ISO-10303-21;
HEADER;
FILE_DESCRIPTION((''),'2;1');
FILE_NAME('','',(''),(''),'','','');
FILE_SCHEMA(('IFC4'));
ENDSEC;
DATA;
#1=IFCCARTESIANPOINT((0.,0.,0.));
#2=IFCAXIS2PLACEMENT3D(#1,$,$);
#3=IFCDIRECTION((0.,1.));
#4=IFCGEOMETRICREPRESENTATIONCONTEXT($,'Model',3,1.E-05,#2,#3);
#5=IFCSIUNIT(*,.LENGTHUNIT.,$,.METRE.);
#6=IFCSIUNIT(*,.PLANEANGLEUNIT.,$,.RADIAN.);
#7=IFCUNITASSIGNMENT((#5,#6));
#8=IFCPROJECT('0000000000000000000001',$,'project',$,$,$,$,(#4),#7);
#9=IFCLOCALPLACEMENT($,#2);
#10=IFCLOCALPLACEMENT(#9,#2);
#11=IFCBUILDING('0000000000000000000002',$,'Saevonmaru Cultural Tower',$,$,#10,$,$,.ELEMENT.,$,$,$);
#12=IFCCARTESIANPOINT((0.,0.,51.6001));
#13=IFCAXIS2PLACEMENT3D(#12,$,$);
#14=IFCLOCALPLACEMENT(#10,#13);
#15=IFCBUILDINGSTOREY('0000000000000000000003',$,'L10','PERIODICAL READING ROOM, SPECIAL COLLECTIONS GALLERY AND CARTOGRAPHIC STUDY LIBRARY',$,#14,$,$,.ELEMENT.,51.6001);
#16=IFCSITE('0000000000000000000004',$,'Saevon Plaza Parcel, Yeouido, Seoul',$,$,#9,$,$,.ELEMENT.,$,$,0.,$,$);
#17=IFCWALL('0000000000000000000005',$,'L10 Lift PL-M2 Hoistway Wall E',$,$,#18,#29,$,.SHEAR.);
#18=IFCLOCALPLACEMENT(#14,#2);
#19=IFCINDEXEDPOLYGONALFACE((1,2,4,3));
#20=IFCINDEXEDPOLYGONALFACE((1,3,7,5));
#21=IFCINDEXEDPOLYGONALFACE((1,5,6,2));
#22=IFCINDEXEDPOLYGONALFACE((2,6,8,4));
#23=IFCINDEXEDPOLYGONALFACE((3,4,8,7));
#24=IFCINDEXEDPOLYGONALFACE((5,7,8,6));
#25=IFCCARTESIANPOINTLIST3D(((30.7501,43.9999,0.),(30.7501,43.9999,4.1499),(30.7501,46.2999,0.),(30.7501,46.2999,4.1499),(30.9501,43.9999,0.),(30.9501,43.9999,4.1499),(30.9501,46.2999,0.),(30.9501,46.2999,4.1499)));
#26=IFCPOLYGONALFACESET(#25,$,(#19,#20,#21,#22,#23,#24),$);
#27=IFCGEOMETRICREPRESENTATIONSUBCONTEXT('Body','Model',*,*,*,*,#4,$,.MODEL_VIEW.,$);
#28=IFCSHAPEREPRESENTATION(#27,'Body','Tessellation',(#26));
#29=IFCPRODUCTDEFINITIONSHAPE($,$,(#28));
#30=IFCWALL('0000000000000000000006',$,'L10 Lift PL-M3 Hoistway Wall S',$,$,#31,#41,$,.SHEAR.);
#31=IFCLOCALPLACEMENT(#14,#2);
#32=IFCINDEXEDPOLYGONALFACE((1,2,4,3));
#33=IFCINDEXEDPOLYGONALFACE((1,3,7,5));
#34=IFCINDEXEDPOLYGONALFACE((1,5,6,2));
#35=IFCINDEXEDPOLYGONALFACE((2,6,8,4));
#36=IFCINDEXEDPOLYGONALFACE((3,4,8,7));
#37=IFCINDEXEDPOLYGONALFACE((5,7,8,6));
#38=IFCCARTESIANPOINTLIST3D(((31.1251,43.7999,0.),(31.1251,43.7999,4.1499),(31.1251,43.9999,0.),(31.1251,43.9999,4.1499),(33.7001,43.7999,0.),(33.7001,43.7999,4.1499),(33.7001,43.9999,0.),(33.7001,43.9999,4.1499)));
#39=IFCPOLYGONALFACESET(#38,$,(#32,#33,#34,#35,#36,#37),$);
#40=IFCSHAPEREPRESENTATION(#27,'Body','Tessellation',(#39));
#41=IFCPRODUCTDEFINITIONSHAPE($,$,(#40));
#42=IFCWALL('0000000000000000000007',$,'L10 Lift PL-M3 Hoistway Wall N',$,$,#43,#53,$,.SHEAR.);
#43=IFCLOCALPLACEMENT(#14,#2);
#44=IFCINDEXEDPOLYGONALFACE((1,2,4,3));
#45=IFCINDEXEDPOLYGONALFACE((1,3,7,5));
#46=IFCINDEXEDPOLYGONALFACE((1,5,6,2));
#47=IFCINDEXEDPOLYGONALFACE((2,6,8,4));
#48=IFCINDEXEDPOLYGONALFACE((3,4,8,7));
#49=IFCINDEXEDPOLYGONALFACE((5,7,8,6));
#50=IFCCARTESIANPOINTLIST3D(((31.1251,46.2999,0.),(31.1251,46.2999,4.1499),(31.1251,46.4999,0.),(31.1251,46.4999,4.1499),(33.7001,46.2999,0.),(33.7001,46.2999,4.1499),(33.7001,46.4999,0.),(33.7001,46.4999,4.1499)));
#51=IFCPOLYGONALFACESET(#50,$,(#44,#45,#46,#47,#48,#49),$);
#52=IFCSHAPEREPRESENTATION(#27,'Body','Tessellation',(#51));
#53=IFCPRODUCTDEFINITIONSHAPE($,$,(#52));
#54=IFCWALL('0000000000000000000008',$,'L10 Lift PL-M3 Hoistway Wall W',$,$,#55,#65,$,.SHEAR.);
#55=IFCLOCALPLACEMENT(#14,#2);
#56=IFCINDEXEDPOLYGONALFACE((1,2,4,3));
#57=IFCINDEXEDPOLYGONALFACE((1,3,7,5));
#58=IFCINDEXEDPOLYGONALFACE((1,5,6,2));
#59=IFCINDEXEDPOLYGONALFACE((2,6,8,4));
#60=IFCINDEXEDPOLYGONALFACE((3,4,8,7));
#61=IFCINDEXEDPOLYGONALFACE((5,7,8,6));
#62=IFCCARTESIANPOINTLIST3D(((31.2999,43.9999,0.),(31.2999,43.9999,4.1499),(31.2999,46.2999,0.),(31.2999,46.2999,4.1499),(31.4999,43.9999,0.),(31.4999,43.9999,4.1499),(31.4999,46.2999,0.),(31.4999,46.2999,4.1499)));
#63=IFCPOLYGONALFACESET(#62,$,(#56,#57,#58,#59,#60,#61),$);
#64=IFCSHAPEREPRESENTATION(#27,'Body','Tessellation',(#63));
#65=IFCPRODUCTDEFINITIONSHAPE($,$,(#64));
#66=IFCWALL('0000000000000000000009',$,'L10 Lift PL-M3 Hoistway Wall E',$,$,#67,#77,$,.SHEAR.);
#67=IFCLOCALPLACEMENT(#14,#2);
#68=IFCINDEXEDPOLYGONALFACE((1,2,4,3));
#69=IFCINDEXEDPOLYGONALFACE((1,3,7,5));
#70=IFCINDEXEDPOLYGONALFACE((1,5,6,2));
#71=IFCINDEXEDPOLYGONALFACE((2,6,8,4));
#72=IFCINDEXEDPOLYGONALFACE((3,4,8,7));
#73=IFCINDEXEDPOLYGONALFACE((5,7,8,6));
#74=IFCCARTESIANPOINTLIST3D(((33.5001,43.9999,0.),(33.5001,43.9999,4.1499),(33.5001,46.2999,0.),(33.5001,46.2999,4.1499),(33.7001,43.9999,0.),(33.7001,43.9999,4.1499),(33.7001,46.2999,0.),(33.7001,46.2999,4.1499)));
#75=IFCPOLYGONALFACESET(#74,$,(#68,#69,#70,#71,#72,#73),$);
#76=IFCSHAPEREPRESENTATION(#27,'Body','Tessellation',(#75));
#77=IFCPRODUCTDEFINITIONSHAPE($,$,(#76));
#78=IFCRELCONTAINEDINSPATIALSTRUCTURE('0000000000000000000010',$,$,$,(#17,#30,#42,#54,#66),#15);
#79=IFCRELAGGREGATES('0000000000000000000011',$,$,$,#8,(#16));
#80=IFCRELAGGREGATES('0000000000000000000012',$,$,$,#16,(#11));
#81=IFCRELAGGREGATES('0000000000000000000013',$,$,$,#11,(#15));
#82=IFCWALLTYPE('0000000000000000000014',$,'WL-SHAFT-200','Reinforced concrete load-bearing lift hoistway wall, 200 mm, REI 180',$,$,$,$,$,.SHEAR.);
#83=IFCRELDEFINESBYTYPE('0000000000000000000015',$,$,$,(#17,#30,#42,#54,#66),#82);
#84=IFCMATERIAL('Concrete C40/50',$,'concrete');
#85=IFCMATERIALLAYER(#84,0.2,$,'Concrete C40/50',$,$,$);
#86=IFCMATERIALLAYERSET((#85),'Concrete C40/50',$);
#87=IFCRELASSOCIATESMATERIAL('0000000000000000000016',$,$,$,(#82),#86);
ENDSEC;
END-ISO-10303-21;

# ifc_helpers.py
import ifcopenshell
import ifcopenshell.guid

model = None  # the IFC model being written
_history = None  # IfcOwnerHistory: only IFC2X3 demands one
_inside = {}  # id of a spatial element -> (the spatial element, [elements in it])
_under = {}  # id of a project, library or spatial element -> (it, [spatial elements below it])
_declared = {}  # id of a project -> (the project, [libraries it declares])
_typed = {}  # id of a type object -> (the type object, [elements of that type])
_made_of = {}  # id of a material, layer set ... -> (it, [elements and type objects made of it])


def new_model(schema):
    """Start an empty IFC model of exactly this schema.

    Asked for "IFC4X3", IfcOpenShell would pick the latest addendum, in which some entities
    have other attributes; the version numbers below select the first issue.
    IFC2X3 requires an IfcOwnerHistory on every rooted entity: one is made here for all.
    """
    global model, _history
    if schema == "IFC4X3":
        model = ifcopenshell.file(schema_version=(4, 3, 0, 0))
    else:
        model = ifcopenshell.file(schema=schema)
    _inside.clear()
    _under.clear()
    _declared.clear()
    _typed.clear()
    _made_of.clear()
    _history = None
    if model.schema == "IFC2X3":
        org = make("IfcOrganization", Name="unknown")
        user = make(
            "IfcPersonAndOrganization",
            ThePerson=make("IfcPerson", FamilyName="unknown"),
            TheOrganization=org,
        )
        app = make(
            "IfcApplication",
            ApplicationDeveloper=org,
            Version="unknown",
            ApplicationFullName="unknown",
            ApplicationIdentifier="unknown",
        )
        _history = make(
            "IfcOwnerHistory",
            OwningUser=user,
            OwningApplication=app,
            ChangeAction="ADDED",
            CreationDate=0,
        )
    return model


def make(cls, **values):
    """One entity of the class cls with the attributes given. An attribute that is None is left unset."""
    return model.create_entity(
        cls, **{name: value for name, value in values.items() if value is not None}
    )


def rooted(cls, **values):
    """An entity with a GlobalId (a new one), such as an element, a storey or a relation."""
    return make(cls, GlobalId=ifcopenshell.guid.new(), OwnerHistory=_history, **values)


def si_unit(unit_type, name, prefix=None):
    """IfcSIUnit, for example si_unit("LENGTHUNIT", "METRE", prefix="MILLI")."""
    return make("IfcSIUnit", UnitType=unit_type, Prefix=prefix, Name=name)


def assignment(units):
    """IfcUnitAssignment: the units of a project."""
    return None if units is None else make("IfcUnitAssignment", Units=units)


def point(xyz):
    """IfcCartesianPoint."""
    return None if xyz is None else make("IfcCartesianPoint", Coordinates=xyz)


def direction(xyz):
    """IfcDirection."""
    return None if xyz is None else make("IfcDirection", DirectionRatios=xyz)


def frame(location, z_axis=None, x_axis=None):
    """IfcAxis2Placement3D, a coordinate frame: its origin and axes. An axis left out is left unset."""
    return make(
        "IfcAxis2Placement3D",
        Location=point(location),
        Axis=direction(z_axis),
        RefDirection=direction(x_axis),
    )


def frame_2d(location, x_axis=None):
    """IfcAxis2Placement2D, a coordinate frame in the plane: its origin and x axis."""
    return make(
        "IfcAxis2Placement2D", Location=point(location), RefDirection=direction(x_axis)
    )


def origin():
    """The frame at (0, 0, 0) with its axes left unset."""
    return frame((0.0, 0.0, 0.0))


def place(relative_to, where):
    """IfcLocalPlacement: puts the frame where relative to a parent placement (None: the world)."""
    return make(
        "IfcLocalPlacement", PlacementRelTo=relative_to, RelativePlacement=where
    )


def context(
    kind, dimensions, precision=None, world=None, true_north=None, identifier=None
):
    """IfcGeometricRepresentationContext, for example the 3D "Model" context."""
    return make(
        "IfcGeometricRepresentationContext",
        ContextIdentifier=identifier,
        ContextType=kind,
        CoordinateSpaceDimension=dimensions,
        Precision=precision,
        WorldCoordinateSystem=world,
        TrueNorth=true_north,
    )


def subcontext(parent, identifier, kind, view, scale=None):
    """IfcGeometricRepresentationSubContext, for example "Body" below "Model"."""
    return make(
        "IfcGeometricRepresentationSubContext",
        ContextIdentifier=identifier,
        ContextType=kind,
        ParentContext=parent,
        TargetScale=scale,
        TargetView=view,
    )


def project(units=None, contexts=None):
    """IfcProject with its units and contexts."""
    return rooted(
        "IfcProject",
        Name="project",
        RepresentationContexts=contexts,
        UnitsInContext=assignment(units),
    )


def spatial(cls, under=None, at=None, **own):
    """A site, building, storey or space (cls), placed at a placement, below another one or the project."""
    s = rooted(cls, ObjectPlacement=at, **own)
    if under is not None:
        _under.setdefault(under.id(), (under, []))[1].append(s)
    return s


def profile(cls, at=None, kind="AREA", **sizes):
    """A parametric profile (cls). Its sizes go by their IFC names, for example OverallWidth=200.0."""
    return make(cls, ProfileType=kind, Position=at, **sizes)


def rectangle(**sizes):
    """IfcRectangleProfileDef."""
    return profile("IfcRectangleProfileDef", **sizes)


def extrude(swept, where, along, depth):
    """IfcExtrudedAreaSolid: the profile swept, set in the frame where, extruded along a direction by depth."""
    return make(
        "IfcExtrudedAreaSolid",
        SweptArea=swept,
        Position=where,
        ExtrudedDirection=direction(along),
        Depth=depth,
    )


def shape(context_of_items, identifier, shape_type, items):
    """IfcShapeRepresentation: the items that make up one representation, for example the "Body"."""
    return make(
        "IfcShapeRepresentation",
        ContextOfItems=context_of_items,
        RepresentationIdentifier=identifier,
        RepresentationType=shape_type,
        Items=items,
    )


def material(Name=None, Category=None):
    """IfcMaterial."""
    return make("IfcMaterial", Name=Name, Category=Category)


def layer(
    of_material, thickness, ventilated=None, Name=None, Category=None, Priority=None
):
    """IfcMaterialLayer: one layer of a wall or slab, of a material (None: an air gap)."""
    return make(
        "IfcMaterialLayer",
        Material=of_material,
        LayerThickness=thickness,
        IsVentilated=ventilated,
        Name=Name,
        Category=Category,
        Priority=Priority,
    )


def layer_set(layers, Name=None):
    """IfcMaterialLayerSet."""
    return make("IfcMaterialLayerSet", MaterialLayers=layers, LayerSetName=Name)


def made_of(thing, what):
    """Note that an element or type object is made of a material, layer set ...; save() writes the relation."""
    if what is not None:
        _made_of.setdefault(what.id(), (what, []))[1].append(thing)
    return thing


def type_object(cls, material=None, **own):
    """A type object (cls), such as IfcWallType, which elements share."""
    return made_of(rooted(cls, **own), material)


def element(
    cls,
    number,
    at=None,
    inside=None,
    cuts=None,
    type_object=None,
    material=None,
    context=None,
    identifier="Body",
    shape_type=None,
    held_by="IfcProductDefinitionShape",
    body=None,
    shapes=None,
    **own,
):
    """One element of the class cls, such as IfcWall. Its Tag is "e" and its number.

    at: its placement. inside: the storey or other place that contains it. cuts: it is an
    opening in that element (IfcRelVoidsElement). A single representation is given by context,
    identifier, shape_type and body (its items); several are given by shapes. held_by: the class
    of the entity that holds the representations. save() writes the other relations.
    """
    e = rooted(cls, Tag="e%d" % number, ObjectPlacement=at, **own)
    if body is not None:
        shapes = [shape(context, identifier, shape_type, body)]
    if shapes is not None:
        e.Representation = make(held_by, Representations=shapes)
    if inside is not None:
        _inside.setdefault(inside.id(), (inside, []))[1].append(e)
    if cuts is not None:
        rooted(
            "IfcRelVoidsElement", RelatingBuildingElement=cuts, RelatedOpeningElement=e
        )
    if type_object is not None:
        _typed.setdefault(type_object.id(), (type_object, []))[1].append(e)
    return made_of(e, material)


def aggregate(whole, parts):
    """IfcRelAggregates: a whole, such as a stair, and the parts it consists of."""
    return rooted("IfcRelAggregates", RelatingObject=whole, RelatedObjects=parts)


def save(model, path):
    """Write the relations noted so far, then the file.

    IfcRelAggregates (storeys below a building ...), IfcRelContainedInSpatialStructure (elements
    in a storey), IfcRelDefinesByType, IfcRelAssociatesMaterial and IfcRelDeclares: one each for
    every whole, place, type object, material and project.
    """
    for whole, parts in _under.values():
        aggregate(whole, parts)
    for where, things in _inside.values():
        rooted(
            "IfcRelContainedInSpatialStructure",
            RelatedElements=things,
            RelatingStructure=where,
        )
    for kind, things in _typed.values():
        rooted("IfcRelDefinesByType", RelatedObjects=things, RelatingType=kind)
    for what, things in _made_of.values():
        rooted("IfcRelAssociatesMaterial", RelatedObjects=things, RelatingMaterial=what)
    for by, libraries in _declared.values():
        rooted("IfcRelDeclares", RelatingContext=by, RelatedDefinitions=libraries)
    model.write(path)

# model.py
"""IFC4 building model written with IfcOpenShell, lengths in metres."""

from ifc_helpers import new_model, si_unit, direction, frame, frame_2d, origin, place, context, subcontext, project, spatial, rectangle, extrude, material, layer, layer_set, type_object, element, save


model = new_model("IFC4")

# Units and contexts
model_context = context("Model", 3, precision=1e-05, world=origin(), true_north=direction((0.0, 1.0)))
body_context = subcontext(model_context, "Body", "Model", "MODEL_VIEW")
ifc_project = project(units=[si_unit("LENGTHUNIT", "METRE"), si_unit("PLANEANGLEUNIT", "RADIAN")], contexts=[model_context])

# Site, building, storey
site_placement = place(None, origin())
site = spatial("IfcSite", under=ifc_project, at=site_placement, Name="Saevon Plaza Parcel, Yeouido, Seoul", CompositionType="ELEMENT", RefElevation=0.0)
building_placement = place(site_placement, origin())
building = spatial("IfcBuilding", under=site, at=building_placement, Name="Saevonmaru Cultural Tower", CompositionType="ELEMENT")
storey_placement = place(building_placement, frame((0.0, 0.0, 51.6001)))
storey = spatial("IfcBuildingStorey", under=building, at=storey_placement, Name="L10", Description="PERIODICAL READING ROOM, SPECIAL COLLECTIONS GALLERY AND CARTOGRAPHIC STUDY LIBRARY", CompositionType="ELEMENT", Elevation=51.6001)

# Walls
ifc_material_1 = material(Name="Concrete C40/50", Category="concrete")
ifc_layer_1 = layer(ifc_material_1, 0.2, Name="Concrete C40/50")
ifc_layer_set_1 = layer_set([ifc_layer_1], Name="Concrete C40/50")
wall_type_1 = type_object("IfcWallType", Name="WL-SHAFT-200", Description="Reinforced concrete load-bearing lift hoistway wall, 200 mm, REI 180", PredefinedType="SHEAR", material=ifc_layer_set_1)
for number, where, z_axis, x_axis, name in (
    (1, (30.8501, 44.0, 0.0), (0.0, 0.0, 1.0), (0.0, 1.0, 0.0), "L10 Lift PL-M2 Hoistway Wall E"),
):
    element("IfcWall", number, at=place(storey_placement, frame(where, z_axis=z_axis, x_axis=x_axis)), inside=storey, type_object=wall_type_1, Name=name, PredefinedType="SHEAR", context=body_context, shape_type="SweptSolid", body=[
        extrude(rectangle(XDim=2.3, YDim=0.2, at=frame_2d((1.1499, 0.0))), origin(), (0.0, 0.0, 1.0), 4.1499),
    ])
for number, where, z_axis, x_axis, name in (
    (2, (31.125, 43.8999, 0.0), (0.0, 0.0, 1.0), (1.0, 0.0, 0.0), "L10 Lift PL-M3 Hoistway Wall S"),
    (3, (31.125, 46.3999, 0.0), (0.0, 0.0, 1.0), (1.0, 0.0, 0.0), "L10 Lift PL-M3 Hoistway Wall N"),
):
    element("IfcWall", number, at=place(storey_placement, frame(where, z_axis=z_axis, x_axis=x_axis)), inside=storey, type_object=wall_type_1, Name=name, PredefinedType="SHEAR", context=body_context, shape_type="SweptSolid", body=[
        extrude(rectangle(XDim=2.575, YDim=0.2, at=frame_2d((1.2876, 0.0))), origin(), (0.0, 0.0, 1.0), 4.1499),
    ])
for number, where, z_axis, x_axis, name in (
    (4, (31.3999, 44.0, 0.0), (0.0, 0.0, 1.0), (0.0, 1.0, 0.0), "L10 Lift PL-M3 Hoistway Wall W"),
    (5, (33.6001, 44.0, 0.0), (0.0, 0.0, 1.0), (0.0, 1.0, 0.0), "L10 Lift PL-M3 Hoistway Wall E"),
):
    element("IfcWall", number, at=place(storey_placement, frame(where, z_axis=z_axis, x_axis=x_axis)), inside=storey, type_object=wall_type_1, Name=name, PredefinedType="SHEAR", context=body_context, shape_type="SweptSolid", body=[
        extrude(rectangle(XDim=2.3, YDim=0.2, at=frame_2d((1.1499, 0.0))), origin(), (0.0, 0.0, 1.0), 4.1499),
    ])

save(model, "model.ifc")
